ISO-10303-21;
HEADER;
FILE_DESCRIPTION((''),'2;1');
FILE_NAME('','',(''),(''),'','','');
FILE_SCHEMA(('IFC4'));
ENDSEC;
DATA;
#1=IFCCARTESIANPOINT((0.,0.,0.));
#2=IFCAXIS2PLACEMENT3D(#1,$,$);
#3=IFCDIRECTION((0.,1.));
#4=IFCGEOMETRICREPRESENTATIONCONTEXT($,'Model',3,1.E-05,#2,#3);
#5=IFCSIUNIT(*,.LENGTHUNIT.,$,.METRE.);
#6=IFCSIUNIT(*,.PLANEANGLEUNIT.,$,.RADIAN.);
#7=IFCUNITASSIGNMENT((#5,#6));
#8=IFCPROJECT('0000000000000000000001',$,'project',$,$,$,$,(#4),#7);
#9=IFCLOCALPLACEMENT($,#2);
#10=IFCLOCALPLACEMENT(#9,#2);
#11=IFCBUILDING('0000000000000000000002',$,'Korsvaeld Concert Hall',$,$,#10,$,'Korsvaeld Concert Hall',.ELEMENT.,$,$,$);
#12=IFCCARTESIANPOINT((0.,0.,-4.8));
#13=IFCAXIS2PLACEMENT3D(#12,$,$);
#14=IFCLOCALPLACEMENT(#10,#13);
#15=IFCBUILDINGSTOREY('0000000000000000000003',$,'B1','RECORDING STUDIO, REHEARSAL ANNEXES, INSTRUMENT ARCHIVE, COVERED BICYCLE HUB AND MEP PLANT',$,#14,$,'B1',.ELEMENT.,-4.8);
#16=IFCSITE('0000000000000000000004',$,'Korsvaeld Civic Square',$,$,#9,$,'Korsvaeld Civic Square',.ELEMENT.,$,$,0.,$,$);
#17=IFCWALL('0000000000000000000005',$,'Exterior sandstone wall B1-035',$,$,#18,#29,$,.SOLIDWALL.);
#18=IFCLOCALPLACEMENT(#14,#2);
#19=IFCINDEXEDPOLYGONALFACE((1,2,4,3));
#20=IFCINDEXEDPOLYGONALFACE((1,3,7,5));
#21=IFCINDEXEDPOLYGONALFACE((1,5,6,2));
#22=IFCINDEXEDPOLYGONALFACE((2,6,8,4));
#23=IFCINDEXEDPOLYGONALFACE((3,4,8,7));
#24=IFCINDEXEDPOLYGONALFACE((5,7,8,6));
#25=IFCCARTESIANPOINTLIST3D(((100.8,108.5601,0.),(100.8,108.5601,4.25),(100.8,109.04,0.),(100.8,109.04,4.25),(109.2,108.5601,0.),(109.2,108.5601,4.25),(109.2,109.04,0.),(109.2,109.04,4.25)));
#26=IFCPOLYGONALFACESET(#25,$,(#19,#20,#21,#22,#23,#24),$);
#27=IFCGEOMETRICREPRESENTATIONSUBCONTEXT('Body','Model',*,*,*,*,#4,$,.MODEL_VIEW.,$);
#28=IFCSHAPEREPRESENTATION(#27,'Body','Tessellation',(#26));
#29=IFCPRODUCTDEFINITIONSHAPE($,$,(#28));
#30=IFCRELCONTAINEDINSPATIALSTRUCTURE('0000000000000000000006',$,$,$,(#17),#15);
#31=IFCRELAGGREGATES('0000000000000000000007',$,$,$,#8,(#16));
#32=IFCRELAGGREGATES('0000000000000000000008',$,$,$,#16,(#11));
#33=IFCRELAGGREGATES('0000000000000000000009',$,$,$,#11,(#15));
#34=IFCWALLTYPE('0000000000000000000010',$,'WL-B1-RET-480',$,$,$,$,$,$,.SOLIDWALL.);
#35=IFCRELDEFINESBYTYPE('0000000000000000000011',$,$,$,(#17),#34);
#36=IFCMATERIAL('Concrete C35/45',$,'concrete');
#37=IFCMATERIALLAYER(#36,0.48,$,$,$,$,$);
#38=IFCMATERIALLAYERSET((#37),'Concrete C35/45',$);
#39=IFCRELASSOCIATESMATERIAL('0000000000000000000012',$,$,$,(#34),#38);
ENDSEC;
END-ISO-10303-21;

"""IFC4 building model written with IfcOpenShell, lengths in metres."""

from ifc_helpers import new_model, si_unit, direction, frame, frame_2d, origin, place, context, subcontext, project, spatial, rectangle, extrude, material, layer, layer_set, type_object, element, save


model = new_model("IFC4")

# Units and contexts
model_context = context("Model", 3, precision=1e-05, world=origin(), true_north=direction((0.0, 1.0)))
body_context = subcontext(model_context, "Body", "Model", "MODEL_VIEW")
ifc_project = project(units=[si_unit("LENGTHUNIT", "METRE"), si_unit("PLANEANGLEUNIT", "RADIAN")], contexts=[model_context])

# Site, building, storey
site_placement = place(None, origin())
site = spatial("IfcSite", under=ifc_project, at=site_placement, Name="Korsvaeld Civic Square", LongName="Korsvaeld Civic Square", CompositionType="ELEMENT", RefElevation=0.0)
building_placement = place(site_placement, origin())
building = spatial("IfcBuilding", under=site, at=building_placement, Name="Korsvaeld Concert Hall", LongName="Korsvaeld Concert Hall", CompositionType="ELEMENT")
storey_placement = place(building_placement, frame((0.0, 0.0, -4.8)))
storey = spatial("IfcBuildingStorey", under=building, at=storey_placement, Name="B1", Description="RECORDING STUDIO, REHEARSAL ANNEXES, INSTRUMENT ARCHIVE, COVERED BICYCLE HUB AND MEP PLANT", LongName="B1", CompositionType="ELEMENT", Elevation=-4.8)

# Shared definitions
ifc_material_1 = material(Name="Concrete C35/45", Category="concrete")

# Wall
ifc_layer = layer(ifc_material_1, 0.48)
ifc_layer_set = layer_set([ifc_layer], Name="Concrete C35/45")
wall_type = type_object("IfcWallType", Name="WL-B1-RET-480", PredefinedType="SOLIDWALL", material=ifc_layer_set)
wall_placement = place(storey_placement, frame((100.8, 108.8, 0.0), z_axis=(0.0, 0.0, 1.0), x_axis=(1.0, 0.0, 0.0)))
element("IfcWall", 1, at=wall_placement, inside=storey, type_object=wall_type, Name="Exterior sandstone wall B1-035", PredefinedType="SOLIDWALL", context=body_context, shape_type="SweptSolid", body=[
    extrude(rectangle(XDim=8.3999, YDim=0.48, at=frame_2d((4.2, 0.0))), origin(), (0.0, 0.0, 1.0), 4.25),
])

save(model, "model.ifc")
